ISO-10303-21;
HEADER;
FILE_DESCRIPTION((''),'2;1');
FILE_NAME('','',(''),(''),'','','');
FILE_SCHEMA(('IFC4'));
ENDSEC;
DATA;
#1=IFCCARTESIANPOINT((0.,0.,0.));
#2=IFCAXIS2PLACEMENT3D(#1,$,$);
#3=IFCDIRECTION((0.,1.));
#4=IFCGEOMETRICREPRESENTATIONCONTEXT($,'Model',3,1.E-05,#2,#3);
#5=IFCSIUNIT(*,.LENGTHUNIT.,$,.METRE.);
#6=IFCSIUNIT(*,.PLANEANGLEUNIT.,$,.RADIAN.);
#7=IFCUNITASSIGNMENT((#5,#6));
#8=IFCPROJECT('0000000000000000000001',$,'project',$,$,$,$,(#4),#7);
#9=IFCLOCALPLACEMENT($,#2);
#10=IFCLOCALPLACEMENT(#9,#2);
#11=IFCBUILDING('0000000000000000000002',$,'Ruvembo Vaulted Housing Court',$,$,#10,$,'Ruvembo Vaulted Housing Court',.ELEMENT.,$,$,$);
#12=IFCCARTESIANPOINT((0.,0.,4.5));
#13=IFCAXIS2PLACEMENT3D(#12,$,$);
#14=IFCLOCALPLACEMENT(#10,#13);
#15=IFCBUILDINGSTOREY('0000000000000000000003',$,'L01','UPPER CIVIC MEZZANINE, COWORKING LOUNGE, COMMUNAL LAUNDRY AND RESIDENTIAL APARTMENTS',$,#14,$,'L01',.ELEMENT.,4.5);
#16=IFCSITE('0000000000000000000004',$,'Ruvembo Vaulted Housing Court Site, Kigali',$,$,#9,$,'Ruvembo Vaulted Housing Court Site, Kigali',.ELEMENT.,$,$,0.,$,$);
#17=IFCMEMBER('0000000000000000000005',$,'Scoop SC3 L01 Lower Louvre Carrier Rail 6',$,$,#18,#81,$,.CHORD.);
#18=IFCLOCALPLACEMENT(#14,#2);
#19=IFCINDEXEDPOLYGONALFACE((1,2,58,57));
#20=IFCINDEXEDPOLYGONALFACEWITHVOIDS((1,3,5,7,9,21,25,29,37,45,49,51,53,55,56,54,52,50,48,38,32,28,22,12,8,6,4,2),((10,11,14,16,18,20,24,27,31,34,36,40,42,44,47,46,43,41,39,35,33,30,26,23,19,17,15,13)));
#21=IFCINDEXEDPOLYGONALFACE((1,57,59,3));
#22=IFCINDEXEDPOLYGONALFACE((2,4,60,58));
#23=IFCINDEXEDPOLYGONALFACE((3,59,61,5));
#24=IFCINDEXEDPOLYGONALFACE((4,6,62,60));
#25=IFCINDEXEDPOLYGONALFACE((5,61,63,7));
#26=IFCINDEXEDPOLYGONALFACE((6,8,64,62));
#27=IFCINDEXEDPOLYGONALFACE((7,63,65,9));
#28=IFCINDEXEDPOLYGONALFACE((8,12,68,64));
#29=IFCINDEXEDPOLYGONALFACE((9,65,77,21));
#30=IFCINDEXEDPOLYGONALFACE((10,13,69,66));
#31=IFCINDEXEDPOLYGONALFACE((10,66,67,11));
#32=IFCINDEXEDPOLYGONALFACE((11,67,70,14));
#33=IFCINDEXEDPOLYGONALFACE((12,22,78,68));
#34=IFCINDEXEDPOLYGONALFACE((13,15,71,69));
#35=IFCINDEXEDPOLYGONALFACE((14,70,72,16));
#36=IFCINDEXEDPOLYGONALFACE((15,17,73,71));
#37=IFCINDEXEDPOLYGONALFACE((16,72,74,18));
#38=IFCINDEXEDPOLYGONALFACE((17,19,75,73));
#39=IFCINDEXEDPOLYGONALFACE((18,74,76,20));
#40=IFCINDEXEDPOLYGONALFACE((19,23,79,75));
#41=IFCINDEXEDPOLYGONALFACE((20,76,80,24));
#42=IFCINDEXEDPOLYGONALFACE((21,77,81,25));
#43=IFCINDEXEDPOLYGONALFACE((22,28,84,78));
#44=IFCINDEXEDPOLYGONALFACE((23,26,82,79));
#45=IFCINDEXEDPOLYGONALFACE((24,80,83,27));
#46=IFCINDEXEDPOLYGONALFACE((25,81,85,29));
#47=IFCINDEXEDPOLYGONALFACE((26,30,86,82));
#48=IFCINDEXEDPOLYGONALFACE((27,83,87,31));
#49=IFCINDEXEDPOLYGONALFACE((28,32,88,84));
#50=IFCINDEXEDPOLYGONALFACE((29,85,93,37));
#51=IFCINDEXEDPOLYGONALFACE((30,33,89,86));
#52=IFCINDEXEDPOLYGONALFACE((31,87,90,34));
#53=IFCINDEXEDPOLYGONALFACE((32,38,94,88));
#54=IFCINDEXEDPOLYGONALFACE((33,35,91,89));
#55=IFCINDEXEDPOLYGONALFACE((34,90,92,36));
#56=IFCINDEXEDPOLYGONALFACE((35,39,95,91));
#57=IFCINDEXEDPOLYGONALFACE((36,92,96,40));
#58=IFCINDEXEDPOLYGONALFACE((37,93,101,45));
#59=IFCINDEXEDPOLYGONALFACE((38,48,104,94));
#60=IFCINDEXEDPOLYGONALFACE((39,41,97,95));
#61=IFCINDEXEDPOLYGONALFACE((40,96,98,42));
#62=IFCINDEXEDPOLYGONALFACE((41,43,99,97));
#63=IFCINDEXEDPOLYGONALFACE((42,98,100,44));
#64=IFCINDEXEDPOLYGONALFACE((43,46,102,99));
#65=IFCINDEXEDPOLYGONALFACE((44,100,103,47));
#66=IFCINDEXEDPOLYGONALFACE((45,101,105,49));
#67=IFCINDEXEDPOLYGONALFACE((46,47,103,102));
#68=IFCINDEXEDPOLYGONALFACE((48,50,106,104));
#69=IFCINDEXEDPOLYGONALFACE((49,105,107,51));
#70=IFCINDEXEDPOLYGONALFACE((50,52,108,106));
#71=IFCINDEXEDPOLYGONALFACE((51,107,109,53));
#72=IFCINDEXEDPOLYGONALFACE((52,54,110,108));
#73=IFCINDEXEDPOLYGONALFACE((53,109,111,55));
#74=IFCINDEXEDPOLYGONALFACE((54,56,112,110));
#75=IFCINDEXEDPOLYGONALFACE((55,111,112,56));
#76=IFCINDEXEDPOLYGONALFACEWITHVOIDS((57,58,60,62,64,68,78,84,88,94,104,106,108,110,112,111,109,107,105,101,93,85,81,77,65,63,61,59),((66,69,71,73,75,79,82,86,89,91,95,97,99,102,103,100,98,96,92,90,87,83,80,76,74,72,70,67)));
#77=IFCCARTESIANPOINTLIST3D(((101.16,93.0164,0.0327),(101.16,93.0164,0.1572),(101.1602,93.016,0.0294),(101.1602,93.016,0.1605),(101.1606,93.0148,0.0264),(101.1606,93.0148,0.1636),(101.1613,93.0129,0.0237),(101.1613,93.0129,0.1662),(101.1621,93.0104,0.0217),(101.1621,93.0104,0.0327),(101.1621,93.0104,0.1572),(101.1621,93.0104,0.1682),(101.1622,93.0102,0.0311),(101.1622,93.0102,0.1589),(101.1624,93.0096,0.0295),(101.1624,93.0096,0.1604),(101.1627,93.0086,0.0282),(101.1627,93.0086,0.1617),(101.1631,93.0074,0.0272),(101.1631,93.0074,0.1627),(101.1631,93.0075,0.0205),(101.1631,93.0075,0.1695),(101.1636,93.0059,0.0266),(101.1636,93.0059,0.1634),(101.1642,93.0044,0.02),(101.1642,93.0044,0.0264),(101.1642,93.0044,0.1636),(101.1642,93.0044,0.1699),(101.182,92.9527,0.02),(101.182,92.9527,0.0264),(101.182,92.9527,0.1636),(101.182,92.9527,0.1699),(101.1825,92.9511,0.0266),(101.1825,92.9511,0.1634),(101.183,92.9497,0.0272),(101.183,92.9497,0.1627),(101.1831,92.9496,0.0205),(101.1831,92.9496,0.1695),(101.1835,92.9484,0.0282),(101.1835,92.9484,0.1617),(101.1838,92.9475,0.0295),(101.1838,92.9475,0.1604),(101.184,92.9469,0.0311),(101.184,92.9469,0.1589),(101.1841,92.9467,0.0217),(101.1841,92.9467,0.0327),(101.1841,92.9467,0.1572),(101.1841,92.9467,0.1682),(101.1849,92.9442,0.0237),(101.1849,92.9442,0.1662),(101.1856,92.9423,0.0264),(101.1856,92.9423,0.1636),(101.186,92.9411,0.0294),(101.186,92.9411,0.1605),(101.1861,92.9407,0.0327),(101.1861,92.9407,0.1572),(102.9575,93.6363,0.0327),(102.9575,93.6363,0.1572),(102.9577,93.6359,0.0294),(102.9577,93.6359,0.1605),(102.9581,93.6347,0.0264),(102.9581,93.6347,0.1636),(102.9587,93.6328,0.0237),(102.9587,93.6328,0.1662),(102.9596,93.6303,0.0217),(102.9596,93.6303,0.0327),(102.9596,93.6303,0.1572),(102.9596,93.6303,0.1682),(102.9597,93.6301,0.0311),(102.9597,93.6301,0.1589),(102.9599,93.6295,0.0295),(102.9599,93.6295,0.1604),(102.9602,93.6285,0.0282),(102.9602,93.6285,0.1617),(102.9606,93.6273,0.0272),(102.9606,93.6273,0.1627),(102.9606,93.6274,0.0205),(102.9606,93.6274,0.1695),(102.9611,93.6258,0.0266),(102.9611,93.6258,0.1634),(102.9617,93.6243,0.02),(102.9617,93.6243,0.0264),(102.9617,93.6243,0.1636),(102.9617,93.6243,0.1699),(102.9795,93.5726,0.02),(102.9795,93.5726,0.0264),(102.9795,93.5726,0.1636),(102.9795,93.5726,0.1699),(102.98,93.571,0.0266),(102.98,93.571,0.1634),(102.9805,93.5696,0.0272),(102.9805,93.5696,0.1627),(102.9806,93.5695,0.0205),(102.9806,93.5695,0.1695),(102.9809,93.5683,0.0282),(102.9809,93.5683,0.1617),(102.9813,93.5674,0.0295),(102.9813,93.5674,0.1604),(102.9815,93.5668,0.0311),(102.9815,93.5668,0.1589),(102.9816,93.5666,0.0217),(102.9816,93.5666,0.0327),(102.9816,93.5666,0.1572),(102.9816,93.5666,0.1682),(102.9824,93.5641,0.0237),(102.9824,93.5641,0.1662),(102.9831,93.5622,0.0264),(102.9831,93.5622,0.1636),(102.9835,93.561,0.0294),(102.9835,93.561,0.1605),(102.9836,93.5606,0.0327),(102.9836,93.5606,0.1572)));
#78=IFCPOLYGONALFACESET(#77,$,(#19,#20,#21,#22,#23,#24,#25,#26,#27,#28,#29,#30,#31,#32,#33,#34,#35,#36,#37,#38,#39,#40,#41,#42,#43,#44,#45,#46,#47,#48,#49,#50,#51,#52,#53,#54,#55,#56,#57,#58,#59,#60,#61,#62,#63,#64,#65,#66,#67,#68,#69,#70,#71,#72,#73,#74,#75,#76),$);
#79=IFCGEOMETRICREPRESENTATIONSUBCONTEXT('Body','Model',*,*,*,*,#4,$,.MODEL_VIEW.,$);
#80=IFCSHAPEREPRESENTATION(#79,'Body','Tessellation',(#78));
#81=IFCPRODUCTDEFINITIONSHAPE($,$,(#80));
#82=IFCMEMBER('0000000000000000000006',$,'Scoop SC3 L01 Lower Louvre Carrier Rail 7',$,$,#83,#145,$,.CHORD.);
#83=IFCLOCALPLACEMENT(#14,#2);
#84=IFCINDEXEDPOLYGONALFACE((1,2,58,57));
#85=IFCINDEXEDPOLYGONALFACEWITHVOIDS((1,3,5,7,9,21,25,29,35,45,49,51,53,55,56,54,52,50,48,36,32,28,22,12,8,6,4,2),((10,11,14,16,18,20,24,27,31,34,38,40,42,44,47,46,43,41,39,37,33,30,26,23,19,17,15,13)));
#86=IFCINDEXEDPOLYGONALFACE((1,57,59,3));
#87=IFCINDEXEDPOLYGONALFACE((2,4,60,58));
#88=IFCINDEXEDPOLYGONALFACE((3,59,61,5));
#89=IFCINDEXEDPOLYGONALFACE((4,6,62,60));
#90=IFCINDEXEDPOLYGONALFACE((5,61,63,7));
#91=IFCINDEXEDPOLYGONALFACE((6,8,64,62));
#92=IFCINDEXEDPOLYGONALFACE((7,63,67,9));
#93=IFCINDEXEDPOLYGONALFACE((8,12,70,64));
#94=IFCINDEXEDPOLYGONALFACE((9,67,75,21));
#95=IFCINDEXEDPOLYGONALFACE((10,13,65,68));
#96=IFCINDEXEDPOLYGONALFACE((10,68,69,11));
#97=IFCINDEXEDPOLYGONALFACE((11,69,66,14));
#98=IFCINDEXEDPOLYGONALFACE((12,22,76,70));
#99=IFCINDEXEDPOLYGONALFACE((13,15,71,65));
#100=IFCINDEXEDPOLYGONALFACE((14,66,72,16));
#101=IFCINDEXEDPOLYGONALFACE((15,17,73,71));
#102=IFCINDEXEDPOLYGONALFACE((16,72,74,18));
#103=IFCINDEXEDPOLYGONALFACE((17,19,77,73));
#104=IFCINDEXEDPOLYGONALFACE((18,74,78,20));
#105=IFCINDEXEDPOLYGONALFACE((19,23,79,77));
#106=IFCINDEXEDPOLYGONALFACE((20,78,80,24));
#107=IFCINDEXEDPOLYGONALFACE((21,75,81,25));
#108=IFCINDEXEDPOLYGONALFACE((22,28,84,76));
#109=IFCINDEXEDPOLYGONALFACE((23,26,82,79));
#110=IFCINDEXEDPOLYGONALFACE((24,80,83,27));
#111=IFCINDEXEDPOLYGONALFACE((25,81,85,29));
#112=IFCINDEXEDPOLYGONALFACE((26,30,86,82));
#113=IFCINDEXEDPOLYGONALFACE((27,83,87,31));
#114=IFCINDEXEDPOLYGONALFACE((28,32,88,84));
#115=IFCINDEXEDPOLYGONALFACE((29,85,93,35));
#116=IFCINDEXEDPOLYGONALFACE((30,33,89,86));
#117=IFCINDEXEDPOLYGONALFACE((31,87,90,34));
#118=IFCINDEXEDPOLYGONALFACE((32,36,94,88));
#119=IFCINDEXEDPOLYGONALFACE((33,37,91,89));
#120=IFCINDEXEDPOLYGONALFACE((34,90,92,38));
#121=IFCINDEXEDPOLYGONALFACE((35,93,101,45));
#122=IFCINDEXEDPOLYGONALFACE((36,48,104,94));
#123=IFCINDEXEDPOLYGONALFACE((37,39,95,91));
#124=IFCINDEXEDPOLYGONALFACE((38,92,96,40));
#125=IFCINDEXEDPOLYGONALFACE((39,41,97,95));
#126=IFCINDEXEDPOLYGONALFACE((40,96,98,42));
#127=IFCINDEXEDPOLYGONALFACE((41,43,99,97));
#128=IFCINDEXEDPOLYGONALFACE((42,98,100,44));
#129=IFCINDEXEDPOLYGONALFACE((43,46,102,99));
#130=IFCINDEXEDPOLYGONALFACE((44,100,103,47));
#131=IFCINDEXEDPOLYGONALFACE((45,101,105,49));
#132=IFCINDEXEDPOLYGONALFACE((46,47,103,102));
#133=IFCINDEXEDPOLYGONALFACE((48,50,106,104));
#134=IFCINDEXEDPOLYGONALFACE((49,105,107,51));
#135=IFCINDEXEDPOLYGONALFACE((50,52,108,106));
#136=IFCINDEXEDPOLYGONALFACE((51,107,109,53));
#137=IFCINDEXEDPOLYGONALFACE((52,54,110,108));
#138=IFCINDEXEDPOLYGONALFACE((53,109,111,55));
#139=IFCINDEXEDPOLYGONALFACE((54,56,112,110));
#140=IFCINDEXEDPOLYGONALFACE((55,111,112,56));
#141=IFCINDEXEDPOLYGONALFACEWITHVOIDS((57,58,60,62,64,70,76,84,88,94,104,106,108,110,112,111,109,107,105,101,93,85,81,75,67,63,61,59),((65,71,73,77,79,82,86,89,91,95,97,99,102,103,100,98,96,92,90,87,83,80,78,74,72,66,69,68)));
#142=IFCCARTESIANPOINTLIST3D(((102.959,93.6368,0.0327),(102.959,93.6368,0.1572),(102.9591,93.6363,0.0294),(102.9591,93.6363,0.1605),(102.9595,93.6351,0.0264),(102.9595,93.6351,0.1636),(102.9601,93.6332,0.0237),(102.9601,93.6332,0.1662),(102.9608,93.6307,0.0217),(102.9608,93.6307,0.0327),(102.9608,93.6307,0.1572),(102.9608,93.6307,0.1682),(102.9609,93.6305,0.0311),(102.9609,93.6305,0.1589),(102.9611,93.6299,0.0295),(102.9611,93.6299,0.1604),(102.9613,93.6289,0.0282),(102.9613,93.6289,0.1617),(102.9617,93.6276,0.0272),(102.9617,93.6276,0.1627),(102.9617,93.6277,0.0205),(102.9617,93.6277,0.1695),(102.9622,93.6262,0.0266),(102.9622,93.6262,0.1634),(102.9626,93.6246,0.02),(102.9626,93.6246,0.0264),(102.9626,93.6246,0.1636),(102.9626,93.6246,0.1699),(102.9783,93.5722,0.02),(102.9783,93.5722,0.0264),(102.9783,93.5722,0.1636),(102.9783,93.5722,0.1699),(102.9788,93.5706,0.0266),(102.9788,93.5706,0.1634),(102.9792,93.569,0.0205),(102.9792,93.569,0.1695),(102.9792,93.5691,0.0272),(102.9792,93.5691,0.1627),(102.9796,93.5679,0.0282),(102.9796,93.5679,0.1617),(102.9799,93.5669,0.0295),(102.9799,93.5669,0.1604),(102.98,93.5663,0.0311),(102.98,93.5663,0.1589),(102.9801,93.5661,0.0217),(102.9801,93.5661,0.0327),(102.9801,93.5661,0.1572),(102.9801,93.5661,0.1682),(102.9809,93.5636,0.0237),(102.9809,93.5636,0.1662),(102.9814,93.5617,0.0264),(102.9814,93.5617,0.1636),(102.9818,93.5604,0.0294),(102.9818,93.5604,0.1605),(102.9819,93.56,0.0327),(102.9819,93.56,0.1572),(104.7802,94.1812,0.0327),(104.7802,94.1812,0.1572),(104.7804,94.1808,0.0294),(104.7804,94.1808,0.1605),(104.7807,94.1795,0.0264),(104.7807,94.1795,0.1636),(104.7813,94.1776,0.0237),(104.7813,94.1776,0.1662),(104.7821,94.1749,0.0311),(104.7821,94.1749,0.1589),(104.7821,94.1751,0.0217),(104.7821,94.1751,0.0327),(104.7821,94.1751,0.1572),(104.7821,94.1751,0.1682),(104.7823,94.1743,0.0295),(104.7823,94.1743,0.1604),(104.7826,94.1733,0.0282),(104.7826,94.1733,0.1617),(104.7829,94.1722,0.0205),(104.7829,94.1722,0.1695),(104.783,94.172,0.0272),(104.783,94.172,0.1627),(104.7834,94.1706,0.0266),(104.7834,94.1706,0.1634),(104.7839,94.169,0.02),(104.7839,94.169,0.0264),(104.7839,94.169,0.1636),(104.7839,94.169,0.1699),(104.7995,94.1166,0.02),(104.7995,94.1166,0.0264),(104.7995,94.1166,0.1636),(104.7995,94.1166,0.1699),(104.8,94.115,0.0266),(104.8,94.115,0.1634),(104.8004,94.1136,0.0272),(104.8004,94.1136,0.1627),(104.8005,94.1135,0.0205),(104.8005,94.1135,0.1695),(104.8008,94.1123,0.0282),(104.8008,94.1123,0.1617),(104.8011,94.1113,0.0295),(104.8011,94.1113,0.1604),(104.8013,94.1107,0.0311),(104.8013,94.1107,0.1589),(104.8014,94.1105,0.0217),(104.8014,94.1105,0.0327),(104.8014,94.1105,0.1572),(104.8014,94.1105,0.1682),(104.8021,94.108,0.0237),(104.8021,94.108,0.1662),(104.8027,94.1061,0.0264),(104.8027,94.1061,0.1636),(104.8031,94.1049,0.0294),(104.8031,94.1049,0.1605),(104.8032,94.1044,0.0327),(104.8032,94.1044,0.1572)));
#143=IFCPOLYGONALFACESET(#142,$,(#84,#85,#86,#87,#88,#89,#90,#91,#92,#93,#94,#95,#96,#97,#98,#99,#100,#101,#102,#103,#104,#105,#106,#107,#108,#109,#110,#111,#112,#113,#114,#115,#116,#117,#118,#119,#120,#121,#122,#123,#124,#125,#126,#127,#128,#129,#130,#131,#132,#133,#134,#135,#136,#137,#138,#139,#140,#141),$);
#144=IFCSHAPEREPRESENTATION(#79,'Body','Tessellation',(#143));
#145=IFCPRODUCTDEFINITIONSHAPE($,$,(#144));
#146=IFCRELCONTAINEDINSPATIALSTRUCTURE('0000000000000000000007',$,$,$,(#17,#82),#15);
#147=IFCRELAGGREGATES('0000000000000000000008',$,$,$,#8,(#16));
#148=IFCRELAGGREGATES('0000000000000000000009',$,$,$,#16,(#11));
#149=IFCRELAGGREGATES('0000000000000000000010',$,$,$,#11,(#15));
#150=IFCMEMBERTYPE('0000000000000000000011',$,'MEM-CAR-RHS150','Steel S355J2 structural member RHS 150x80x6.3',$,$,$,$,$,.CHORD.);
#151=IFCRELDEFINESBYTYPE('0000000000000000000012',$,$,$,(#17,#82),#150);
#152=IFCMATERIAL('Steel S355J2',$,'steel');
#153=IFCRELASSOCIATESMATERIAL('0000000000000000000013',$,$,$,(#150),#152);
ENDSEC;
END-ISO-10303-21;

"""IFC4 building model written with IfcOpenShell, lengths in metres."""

from ifc_helpers import new_model, si_unit, direction, frame, origin, origin_2d, place, context, subcontext, project, spatial, hollow_rectangle, extrude, material, material_profile, profile_set, type_object, element, save


model = new_model("IFC4")

# Units and contexts
model_context = context("Model", 3, precision=1e-05, world=origin(), true_north=direction((0.0, 1.0)))
body_context = subcontext(model_context, "Body", "Model", "MODEL_VIEW")
ifc_project = project(units=[si_unit("LENGTHUNIT", "METRE"), si_unit("PLANEANGLEUNIT", "RADIAN")], contexts=[model_context])

# Site, building, storey
site_placement = place(None, origin())
site = spatial("IfcSite", under=ifc_project, at=site_placement, Name="Ruvembo Vaulted Housing Court Site, Kigali", LongName="Ruvembo Vaulted Housing Court Site, Kigali", CompositionType="ELEMENT", RefElevation=0.0)
building_placement = place(site_placement, origin())
building = spatial("IfcBuilding", under=site, at=building_placement, Name="Ruvembo Vaulted Housing Court", LongName="Ruvembo Vaulted Housing Court", CompositionType="ELEMENT")
storey_placement = place(building_placement, frame((0.0, 0.0, 4.5)))
storey = spatial("IfcBuildingStorey", under=building, at=storey_placement, Name="L01", Description="UPPER CIVIC MEZZANINE, COWORKING LOUNGE, COMMUNAL LAUNDRY AND RESIDENTIAL APARTMENTS", LongName="L01", CompositionType="ELEMENT", Elevation=4.5)

# Shared definitions
ifc_material_1 = material(Name="Steel S355J2", Category="steel")

# Members
ifc_material_profile_1 = material_profile(ifc_material_1, hollow_rectangle(XDim=0.0801, YDim=0.1499, WallThickness=0.0063, InnerFilletRadius=0.0063, OuterFilletRadius=0.0127, at=origin_2d()), Name="RHS 150x80x6.3")
ifc_profile_set_1 = profile_set([ifc_material_profile_1], Name="Steel S355J2")
member_type_1 = type_object("IfcMemberType", Name="MEM-CAR-RHS150", Description="Steel S355J2 structural member RHS 150x80x6.3", PredefinedType="CHORD", material=ifc_profile_set_1)
member_1_placement = place(storey_placement, frame((101.1731, 92.9785, 0.095), z_axis=(0.945358, 0.326034, 0.0), x_axis=(-0.326034, 0.945358, 0.0)))
element("IfcMember", 1, at=member_1_placement, inside=storey, type_object=member_type_1, Name="Scoop SC3 L01 Lower Louvre Carrier Rail 6", PredefinedType="CHORD", context=body_context, shape_type="SweptSolid", body=[
    extrude(hollow_rectangle(XDim=0.0801, YDim=0.1499, WallThickness=0.0063, InnerFilletRadius=0.0063, OuterFilletRadius=0.0127, at=origin_2d()), origin(), (0.0, 0.0, 1.0), 1.9014),
])
for number, where, z_axis, x_axis, name in (
    (2, (102.9705, 93.5984, 0.095), (0.958109, 0.286405, 0.0), (-0.286405, 0.958109, 0.0), "Scoop SC3 L01 Lower Louvre Carrier Rail 7"),
):
    element("IfcMember", number, at=place(storey_placement, frame(where, z_axis=z_axis, x_axis=x_axis)), inside=storey, type_object=member_type_1, Name=name, PredefinedType="CHORD", context=body_context, shape_type="SweptSolid", body=[
        extrude(hollow_rectangle(XDim=0.0801, YDim=0.1499, WallThickness=0.0063, InnerFilletRadius=0.0063, OuterFilletRadius=0.0127, at=origin_2d()), origin(), (0.0, 0.0, 1.0), 1.9009),
    ])

save(model, "model.ifc")
